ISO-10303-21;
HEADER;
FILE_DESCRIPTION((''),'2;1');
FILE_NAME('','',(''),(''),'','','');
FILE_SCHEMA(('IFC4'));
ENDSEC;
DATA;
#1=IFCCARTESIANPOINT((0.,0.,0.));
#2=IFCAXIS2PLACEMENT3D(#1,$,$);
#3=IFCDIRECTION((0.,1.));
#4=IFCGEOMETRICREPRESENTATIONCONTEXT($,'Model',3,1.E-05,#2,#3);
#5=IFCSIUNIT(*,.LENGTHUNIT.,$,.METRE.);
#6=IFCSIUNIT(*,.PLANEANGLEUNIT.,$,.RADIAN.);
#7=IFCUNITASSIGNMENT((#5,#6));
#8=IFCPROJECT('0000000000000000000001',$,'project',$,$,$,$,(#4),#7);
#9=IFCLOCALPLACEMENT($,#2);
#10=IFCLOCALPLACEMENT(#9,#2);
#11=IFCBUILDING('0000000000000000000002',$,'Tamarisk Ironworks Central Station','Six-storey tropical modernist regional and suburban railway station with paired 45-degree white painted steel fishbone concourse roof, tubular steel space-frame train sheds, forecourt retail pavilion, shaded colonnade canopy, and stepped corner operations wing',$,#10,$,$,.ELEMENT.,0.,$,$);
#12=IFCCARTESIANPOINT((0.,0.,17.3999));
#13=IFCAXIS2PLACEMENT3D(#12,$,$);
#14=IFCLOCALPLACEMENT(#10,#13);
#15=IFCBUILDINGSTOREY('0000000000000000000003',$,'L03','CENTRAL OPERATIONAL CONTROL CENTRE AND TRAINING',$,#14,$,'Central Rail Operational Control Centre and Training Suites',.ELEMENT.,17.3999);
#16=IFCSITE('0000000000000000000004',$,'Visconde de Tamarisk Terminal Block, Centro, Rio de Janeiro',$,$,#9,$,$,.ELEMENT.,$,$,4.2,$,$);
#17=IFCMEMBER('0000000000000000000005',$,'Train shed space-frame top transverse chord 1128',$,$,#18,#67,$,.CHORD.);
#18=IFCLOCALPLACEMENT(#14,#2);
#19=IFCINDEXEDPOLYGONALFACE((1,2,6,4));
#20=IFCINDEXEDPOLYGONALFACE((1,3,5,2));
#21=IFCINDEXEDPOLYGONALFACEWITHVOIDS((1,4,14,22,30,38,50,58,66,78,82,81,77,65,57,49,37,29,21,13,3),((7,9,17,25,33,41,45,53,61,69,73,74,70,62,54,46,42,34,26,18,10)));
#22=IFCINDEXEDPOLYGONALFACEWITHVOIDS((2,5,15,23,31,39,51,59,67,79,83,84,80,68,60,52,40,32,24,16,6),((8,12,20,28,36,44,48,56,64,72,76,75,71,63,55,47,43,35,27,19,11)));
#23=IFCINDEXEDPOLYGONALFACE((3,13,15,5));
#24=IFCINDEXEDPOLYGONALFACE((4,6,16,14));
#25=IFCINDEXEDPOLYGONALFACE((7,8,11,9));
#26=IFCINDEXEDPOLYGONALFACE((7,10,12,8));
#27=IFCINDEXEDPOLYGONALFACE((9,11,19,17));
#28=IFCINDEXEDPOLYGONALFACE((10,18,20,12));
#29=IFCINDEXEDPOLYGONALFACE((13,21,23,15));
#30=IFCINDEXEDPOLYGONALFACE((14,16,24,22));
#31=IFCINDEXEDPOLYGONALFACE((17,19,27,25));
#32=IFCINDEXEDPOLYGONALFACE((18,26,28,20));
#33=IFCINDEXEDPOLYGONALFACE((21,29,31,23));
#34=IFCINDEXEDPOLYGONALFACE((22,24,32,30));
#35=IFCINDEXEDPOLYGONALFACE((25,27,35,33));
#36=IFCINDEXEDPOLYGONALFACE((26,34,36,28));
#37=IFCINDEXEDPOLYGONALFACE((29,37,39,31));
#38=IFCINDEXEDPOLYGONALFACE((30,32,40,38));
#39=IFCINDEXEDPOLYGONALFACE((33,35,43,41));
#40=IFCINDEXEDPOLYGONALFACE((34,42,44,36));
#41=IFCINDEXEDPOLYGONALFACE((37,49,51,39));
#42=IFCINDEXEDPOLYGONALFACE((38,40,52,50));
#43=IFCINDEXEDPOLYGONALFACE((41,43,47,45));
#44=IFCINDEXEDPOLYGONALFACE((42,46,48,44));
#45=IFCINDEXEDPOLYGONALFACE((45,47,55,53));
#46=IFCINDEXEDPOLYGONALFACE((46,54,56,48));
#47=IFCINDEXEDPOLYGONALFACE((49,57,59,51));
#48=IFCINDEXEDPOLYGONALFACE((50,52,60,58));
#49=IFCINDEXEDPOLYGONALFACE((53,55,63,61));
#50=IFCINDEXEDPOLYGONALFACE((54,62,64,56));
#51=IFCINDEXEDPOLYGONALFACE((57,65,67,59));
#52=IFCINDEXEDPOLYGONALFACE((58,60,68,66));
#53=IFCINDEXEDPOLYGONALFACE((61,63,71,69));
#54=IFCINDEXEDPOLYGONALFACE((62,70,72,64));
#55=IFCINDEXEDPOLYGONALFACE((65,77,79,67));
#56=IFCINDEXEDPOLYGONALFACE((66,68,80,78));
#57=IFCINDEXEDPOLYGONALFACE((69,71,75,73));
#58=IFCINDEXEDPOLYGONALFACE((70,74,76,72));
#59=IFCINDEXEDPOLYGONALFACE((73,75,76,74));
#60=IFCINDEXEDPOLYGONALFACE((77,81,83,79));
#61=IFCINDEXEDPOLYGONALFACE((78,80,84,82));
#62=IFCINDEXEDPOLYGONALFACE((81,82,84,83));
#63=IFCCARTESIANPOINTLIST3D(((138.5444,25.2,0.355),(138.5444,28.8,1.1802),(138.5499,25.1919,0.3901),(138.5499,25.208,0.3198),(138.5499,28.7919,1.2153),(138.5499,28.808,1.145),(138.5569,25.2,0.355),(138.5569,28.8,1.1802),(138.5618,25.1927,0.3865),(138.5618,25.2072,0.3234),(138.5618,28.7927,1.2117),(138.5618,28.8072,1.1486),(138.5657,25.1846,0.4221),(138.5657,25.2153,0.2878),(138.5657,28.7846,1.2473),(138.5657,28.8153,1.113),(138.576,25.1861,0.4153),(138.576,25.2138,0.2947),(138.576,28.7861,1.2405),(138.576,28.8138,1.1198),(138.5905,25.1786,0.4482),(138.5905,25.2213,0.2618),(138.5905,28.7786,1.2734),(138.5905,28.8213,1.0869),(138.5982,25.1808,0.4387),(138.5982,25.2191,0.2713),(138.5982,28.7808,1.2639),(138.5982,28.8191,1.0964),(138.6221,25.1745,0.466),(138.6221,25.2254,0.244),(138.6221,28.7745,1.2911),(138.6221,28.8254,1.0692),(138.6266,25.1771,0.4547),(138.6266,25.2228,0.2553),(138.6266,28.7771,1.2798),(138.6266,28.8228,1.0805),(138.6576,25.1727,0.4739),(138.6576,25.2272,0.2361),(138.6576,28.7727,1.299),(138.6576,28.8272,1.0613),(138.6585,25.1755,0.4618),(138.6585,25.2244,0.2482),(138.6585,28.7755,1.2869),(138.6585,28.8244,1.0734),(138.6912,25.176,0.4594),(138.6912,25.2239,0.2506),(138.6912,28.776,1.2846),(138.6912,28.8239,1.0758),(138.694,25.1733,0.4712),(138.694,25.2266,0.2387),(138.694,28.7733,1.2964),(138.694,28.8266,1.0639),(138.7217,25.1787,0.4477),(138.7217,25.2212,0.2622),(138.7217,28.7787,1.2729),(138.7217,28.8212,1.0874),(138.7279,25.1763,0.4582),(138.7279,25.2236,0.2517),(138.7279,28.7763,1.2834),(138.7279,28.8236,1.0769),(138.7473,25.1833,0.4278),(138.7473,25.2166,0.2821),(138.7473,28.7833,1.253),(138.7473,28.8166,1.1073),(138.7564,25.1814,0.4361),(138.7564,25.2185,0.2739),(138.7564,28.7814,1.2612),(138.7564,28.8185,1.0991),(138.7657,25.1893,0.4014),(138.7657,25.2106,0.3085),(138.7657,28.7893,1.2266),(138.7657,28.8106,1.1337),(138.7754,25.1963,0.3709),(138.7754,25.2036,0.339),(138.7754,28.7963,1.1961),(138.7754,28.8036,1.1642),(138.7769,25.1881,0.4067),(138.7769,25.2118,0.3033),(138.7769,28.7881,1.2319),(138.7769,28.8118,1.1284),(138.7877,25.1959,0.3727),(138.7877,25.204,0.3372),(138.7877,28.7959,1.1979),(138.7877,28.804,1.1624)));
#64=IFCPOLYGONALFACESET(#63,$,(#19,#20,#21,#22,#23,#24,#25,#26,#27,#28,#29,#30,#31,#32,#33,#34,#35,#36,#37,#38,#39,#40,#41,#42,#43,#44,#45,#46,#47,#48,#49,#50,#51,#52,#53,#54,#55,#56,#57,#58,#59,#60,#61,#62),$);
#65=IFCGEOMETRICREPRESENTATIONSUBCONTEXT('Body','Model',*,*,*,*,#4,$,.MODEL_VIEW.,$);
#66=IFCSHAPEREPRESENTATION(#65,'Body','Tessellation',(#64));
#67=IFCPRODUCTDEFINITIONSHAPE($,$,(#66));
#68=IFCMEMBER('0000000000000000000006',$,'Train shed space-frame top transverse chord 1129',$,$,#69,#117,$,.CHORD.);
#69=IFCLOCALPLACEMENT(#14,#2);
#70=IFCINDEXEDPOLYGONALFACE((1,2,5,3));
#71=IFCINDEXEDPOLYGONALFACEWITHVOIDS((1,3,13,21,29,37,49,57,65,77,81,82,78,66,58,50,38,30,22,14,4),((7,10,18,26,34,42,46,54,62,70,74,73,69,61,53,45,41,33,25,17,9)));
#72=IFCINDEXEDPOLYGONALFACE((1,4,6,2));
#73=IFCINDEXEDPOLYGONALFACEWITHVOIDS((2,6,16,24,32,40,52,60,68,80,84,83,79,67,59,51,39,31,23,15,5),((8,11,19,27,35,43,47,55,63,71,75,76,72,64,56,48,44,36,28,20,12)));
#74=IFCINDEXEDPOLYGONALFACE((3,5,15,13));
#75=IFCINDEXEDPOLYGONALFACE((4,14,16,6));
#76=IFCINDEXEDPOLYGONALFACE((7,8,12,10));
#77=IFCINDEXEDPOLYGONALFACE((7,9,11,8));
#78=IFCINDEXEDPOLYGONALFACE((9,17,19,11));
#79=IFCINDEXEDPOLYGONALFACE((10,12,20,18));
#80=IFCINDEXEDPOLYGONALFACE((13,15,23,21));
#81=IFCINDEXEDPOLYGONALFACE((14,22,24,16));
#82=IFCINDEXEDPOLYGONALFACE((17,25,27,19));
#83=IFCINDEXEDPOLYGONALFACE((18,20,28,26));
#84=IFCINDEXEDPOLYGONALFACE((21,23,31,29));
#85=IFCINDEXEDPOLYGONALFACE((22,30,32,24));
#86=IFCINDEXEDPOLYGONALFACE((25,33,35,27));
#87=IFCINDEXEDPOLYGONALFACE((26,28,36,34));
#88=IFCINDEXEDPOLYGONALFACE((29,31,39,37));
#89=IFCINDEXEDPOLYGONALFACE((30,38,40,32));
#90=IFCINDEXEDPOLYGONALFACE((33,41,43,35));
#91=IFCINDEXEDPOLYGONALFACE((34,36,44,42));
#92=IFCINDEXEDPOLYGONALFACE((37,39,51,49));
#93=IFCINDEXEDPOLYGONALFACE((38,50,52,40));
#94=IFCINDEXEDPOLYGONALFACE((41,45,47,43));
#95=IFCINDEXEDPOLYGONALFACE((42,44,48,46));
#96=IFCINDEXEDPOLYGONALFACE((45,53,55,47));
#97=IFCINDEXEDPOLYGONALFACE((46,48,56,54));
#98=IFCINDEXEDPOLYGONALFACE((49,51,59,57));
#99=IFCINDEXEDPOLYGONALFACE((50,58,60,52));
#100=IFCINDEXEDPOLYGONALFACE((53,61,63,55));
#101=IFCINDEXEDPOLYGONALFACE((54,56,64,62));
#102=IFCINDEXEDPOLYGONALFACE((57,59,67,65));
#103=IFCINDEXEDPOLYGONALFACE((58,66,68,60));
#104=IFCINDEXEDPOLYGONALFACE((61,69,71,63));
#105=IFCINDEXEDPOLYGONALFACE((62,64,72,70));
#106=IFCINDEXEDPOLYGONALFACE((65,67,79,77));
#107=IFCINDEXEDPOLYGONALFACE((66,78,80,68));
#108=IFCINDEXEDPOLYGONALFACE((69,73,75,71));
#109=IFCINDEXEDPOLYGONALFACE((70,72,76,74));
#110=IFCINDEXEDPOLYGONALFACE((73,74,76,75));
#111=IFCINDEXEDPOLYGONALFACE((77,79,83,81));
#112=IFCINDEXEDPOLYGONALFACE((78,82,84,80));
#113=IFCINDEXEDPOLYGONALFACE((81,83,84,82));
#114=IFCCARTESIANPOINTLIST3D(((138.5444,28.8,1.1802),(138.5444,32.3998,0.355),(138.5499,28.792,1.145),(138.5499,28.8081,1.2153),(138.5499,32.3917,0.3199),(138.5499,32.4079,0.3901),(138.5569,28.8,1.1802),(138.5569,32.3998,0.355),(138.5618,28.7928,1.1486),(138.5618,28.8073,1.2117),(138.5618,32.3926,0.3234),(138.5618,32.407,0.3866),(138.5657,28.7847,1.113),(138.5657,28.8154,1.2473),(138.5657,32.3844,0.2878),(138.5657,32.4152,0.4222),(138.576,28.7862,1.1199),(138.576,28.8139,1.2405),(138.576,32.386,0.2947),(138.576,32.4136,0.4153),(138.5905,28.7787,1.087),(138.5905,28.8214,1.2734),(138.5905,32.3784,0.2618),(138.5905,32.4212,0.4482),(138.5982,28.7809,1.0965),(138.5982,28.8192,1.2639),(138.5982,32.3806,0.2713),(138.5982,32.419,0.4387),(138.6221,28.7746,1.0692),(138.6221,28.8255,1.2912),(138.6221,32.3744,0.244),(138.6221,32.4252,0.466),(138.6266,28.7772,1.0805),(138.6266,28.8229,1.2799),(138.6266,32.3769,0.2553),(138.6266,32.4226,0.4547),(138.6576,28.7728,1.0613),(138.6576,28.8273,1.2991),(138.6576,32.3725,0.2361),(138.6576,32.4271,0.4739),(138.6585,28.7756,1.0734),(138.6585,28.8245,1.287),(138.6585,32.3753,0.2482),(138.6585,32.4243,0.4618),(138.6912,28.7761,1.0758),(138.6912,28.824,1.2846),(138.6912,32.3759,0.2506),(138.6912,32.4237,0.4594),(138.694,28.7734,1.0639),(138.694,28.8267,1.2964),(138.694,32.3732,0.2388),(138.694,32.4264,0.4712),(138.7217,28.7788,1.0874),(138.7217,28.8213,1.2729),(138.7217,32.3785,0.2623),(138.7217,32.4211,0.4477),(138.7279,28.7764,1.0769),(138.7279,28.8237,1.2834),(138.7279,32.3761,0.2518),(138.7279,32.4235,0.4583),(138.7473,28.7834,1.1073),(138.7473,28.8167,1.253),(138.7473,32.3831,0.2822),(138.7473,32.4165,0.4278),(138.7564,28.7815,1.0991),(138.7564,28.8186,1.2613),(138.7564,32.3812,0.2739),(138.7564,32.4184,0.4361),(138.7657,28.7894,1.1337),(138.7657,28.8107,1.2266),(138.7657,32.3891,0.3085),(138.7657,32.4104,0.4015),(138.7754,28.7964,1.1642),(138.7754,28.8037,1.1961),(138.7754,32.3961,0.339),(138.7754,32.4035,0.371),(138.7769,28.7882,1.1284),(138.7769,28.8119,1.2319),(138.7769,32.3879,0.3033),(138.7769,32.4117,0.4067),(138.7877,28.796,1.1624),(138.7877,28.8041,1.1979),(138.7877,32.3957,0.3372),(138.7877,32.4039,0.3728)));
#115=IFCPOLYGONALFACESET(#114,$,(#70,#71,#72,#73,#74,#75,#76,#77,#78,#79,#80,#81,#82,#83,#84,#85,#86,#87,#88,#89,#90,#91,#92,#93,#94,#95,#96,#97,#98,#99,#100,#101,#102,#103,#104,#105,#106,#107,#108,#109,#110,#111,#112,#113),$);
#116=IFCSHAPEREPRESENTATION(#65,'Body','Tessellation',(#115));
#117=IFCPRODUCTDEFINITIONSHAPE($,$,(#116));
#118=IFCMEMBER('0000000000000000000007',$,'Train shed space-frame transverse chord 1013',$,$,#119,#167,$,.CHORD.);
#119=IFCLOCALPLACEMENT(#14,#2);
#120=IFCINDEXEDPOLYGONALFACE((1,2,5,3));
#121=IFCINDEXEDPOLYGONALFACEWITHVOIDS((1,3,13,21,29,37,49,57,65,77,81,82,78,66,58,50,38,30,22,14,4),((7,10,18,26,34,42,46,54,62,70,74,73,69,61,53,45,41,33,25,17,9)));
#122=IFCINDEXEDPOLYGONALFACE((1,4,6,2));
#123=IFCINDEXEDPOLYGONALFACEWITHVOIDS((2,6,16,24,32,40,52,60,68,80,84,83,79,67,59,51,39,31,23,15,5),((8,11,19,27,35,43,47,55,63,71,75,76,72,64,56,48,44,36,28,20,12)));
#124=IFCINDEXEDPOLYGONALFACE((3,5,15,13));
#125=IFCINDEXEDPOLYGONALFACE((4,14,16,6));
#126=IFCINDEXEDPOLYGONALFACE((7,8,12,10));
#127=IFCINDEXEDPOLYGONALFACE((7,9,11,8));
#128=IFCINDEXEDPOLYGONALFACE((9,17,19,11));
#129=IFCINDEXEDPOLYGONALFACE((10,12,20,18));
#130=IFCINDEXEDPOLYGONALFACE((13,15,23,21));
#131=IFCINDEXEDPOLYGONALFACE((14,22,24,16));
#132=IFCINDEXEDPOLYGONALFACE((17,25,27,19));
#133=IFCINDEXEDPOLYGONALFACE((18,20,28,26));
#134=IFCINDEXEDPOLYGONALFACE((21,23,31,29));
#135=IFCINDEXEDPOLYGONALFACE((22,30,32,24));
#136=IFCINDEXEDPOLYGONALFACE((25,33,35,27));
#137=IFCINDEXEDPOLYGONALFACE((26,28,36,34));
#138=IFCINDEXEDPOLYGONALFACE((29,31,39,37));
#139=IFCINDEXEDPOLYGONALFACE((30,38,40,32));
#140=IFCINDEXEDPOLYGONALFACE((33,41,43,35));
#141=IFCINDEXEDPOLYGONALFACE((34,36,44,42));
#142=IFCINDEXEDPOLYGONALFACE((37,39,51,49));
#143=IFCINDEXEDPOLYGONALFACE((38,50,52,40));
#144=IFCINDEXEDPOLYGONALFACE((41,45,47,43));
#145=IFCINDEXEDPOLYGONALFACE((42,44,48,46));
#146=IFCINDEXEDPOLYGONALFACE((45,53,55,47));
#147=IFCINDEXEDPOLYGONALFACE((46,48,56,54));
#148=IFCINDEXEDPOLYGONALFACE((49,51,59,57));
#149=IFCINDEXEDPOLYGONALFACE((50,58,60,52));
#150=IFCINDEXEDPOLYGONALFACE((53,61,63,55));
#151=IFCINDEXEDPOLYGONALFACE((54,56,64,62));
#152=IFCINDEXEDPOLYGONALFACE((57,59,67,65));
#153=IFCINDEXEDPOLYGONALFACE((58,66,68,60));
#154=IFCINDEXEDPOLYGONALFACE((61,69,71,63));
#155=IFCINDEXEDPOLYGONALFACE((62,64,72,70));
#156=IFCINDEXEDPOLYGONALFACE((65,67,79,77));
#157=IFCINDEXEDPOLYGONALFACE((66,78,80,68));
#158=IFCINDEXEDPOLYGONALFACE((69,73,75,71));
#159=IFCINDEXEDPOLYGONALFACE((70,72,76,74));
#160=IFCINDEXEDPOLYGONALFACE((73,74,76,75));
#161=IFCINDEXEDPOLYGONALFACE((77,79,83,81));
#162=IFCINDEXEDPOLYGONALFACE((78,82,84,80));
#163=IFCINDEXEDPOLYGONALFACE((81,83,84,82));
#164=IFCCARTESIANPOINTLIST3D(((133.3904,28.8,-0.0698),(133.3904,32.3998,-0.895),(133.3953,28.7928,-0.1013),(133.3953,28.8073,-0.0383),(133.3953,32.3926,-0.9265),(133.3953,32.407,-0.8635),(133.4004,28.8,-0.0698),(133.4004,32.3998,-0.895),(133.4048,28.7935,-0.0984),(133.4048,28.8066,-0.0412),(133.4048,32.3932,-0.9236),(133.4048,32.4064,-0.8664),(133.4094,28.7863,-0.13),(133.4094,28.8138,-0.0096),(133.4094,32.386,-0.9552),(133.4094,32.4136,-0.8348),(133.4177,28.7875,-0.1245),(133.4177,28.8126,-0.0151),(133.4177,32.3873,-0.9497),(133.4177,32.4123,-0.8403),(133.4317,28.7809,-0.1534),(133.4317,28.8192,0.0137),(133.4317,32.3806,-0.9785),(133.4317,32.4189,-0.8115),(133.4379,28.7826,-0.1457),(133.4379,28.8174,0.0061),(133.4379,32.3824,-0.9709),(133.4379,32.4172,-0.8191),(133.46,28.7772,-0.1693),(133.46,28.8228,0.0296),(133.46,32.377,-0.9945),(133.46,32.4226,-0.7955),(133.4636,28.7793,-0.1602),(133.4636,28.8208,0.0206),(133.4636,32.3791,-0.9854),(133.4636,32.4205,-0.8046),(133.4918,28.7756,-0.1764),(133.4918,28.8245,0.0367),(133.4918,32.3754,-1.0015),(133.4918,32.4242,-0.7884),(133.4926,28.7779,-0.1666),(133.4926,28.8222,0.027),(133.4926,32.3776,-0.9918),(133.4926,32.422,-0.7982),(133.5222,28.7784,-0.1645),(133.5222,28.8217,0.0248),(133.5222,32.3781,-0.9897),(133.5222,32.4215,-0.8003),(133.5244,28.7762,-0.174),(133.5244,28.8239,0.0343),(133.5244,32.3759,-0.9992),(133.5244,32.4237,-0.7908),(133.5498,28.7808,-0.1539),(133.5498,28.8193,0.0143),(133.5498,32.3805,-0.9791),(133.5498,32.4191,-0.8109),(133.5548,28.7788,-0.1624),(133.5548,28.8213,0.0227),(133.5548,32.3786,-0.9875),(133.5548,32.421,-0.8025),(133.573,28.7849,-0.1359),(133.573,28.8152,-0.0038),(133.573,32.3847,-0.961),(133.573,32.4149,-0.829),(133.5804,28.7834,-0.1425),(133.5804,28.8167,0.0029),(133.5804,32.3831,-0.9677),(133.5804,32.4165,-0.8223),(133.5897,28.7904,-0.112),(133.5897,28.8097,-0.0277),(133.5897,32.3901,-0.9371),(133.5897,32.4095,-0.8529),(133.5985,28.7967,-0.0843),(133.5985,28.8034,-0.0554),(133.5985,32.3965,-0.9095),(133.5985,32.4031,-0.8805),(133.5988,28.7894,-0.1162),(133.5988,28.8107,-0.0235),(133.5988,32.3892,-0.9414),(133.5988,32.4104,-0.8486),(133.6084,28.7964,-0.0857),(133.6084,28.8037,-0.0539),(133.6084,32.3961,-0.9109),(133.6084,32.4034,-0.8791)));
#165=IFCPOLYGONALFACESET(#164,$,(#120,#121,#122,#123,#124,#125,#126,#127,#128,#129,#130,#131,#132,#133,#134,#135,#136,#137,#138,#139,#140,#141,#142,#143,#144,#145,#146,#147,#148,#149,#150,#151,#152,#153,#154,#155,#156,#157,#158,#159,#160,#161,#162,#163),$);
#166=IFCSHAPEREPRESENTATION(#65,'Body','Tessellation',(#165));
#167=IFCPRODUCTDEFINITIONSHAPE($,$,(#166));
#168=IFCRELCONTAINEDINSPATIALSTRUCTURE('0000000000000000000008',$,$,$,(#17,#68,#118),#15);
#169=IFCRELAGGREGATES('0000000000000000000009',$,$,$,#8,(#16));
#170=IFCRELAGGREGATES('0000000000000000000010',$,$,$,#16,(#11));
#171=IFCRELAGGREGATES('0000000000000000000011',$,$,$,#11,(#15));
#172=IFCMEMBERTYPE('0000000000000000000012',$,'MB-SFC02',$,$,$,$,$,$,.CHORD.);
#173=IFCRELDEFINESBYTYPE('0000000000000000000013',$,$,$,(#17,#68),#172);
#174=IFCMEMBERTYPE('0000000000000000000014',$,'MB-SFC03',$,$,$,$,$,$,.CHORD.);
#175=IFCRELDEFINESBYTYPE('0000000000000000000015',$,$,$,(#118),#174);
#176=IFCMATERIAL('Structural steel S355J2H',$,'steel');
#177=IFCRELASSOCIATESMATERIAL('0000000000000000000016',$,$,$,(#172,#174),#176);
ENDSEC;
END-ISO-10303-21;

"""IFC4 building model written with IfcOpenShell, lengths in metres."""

from ifc_helpers import new_model, si_unit, direction, frame, origin, origin_2d, place, context, subcontext, project, spatial, hollow_circle, extrude, material, material_profile, profile_set, type_object, element, save


model = new_model("IFC4")

# Units and contexts
model_context = context("Model", 3, precision=1e-05, world=origin(), true_north=direction((0.0, 1.0)))
body_context = subcontext(model_context, "Body", "Model", "MODEL_VIEW")
ifc_project = project(units=[si_unit("LENGTHUNIT", "METRE"), si_unit("PLANEANGLEUNIT", "RADIAN")], contexts=[model_context])

# Site, building, storey
site_placement = place(None, origin())
site = spatial("IfcSite", under=ifc_project, at=site_placement, Name="Visconde de Tamarisk Terminal Block, Centro, Rio de Janeiro", CompositionType="ELEMENT", RefElevation=4.2)
building_placement = place(site_placement, origin())
building = spatial("IfcBuilding", under=site, at=building_placement, Name="Tamarisk Ironworks Central Station", Description="Six-storey tropical modernist regional and suburban railway station with paired 45-degree white painted steel fishbone concourse roof, tubular steel space-frame train sheds, forecourt retail pavilion, shaded colonnade canopy, and stepped corner operations wing", CompositionType="ELEMENT", ElevationOfRefHeight=0.0)
storey_placement = place(building_placement, frame((0.0, 0.0, 17.3999)))
storey = spatial("IfcBuildingStorey", under=building, at=storey_placement, Name="L03", Description="CENTRAL OPERATIONAL CONTROL CENTRE AND TRAINING", LongName="Central Rail Operational Control Centre and Training Suites", CompositionType="ELEMENT", Elevation=17.3999)

# Members
ifc_material_1 = material(Name="Structural steel S355J2H", Category="steel")
ifc_material_profile_1 = material_profile(ifc_material_1, hollow_circle(Radius=0.1223, WallThickness=0.0125, at=origin_2d()), Name="CHS 244.5x12.5")
ifc_profile_set_1 = profile_set([ifc_material_profile_1], Name="Structural steel S355J2H")
member_type_1 = type_object("IfcMemberType", Name="MB-SFC02", PredefinedType="CHORD", material=ifc_profile_set_1)
member_1_placement = place(storey_placement, frame((138.6667, 25.2, 0.355), z_axis=(0.0, 0.974722, 0.223421), x_axis=(-1.0, 0.0, 0.0)))
element("IfcMember", 1, at=member_1_placement, inside=storey, type_object=member_type_1, Name="Train shed space-frame top transverse chord 1128", PredefinedType="CHORD", context=body_context, shape_type="SweptSolid", body=[
    extrude(hollow_circle(Radius=0.1223, WallThickness=0.0125, at=origin_2d()), origin(), (0.0, 0.0, 1.0), 3.6934),
])
member_2_placement = place(storey_placement, frame((138.6667, 28.8, 1.1802), z_axis=(0.0, 0.974719, -0.223435), x_axis=(-1.0, 0.0, 0.0)))
element("IfcMember", 2, at=member_2_placement, inside=storey, type_object=member_type_1, Name="Train shed space-frame top transverse chord 1129", PredefinedType="CHORD", context=body_context, shape_type="SweptSolid", body=[
    extrude(hollow_circle(Radius=0.1223, WallThickness=0.0125, at=origin_2d()), origin(), (0.0, 0.0, 1.0), 3.6931),
])
ifc_material_profile_2 = material_profile(ifc_material_1, hollow_circle(Radius=0.1096, WallThickness=0.01, at=origin_2d()), Name="CHS 219.1x10")
ifc_profile_set_2 = profile_set([ifc_material_profile_2], Name="Structural steel S355J2H")
member_type_2 = type_object("IfcMemberType", Name="MB-SFC03", PredefinedType="CHORD", material=ifc_profile_set_2)
for number, where, z_axis, x_axis, name in (
    (3, (133.5, 28.8, -0.0698), (0.0, 0.974719, -0.223435), (-1.0, 0.0, 0.0), "Train shed space-frame transverse chord 1013"),
):
    element("IfcMember", number, at=place(storey_placement, frame(where, z_axis=z_axis, x_axis=x_axis)), inside=storey, type_object=member_type_2, Name=name, PredefinedType="CHORD", context=body_context, shape_type="SweptSolid", body=[
        extrude(hollow_circle(Radius=0.1096, WallThickness=0.01, at=origin_2d()), origin(), (0.0, 0.0, 1.0), 3.6931),
    ])

save(model, "model.ifc")
